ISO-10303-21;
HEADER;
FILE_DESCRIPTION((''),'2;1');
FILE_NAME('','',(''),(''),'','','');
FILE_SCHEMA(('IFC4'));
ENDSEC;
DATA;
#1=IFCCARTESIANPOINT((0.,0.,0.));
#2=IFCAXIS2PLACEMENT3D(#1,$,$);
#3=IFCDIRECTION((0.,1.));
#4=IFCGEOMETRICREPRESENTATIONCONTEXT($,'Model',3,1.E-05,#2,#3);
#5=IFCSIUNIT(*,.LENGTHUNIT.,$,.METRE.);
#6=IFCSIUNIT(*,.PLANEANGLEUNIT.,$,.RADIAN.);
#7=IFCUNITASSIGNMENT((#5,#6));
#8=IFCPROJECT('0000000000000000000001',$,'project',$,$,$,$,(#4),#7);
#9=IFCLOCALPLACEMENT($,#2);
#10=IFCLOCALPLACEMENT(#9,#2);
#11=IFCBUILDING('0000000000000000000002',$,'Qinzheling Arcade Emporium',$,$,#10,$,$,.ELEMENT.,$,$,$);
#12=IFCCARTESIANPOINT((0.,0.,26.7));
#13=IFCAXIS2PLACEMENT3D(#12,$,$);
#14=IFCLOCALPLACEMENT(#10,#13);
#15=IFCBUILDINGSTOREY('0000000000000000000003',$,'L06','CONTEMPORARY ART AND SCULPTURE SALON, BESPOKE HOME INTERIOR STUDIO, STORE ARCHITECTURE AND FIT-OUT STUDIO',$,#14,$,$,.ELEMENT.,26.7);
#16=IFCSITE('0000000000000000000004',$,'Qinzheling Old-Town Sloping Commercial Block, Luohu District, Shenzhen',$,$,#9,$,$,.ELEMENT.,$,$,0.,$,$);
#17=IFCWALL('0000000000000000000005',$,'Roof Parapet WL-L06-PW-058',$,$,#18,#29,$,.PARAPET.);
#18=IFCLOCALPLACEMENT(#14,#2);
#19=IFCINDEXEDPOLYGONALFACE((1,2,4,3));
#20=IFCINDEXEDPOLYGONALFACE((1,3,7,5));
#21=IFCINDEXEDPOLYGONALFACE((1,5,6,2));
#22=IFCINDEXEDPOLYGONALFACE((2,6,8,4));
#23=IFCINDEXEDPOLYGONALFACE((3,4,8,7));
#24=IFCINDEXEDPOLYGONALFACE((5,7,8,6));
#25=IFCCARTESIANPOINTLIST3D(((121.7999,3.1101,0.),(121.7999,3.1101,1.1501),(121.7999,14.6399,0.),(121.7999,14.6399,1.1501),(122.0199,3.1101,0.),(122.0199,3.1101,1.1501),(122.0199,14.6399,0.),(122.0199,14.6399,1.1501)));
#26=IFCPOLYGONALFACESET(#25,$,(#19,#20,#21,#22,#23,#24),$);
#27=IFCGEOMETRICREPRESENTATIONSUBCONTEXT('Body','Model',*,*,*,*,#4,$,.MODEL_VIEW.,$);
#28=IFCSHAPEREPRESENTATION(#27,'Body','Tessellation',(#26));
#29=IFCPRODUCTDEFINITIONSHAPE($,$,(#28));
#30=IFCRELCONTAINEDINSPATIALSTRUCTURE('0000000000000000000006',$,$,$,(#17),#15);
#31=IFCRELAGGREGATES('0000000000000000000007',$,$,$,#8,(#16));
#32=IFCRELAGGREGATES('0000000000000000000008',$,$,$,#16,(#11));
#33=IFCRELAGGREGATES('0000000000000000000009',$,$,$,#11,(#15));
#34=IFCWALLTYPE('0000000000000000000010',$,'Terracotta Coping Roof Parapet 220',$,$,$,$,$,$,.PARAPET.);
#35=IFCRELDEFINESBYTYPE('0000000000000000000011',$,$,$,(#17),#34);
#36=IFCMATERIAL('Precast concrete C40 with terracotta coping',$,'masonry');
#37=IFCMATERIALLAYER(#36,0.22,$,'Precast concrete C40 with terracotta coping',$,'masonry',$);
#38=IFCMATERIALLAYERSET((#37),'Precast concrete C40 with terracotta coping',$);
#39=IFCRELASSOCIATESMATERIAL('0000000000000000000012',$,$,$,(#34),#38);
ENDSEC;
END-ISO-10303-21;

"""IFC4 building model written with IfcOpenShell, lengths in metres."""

from ifc_helpers import new_model, si_unit, direction, frame, frame_2d, origin, place, context, subcontext, project, spatial, rectangle, extrude, material, layer, layer_set, type_object, element, save


model = new_model("IFC4")

# Units and contexts
model_context = context("Model", 3, precision=1e-05, world=origin(), true_north=direction((0.0, 1.0)))
body_context = subcontext(model_context, "Body", "Model", "MODEL_VIEW")
ifc_project = project(units=[si_unit("LENGTHUNIT", "METRE"), si_unit("PLANEANGLEUNIT", "RADIAN")], contexts=[model_context])

# Site, building, storey
site_placement = place(None, origin())
site = spatial("IfcSite", under=ifc_project, at=site_placement, Name="Qinzheling Old-Town Sloping Commercial Block, Luohu District, Shenzhen", CompositionType="ELEMENT", RefElevation=0.0)
building_placement = place(site_placement, origin())
building = spatial("IfcBuilding", under=site, at=building_placement, Name="Qinzheling Arcade Emporium", CompositionType="ELEMENT")
storey_placement = place(building_placement, frame((0.0, 0.0, 26.7)))
storey = spatial("IfcBuildingStorey", under=building, at=storey_placement, Name="L06", Description="CONTEMPORARY ART AND SCULPTURE SALON, BESPOKE HOME INTERIOR STUDIO, STORE ARCHITECTURE AND FIT-OUT STUDIO", CompositionType="ELEMENT", Elevation=26.7)

# Wall
ifc_material_1 = material(Name="Precast concrete C40 with terracotta coping", Category="masonry")
ifc_layer_1 = layer(ifc_material_1, 0.22, Name="Precast concrete C40 with terracotta coping", Category="masonry")
ifc_layer_set_1 = layer_set([ifc_layer_1], Name="Precast concrete C40 with terracotta coping")
wall_type_1 = type_object("IfcWallType", Name="Terracotta Coping Roof Parapet 220", PredefinedType="PARAPET", material=ifc_layer_set_1)
wall_1_placement = place(storey_placement, frame((121.9099, 3.1101, 0.0), z_axis=(0.0, 0.0, 1.0), x_axis=(0.0, 1.0, 0.0)))
element("IfcWall", 1, at=wall_1_placement, inside=storey, type_object=wall_type_1, Name="Roof Parapet WL-L06-PW-058", PredefinedType="PARAPET", context=body_context, shape_type="SweptSolid", body=[
    extrude(rectangle(XDim=11.5298, YDim=0.22, at=frame_2d((5.7649, 0.0))), origin(), (0.0, 0.0, 1.0), 1.1501),
])

save(model, "model.ifc")
